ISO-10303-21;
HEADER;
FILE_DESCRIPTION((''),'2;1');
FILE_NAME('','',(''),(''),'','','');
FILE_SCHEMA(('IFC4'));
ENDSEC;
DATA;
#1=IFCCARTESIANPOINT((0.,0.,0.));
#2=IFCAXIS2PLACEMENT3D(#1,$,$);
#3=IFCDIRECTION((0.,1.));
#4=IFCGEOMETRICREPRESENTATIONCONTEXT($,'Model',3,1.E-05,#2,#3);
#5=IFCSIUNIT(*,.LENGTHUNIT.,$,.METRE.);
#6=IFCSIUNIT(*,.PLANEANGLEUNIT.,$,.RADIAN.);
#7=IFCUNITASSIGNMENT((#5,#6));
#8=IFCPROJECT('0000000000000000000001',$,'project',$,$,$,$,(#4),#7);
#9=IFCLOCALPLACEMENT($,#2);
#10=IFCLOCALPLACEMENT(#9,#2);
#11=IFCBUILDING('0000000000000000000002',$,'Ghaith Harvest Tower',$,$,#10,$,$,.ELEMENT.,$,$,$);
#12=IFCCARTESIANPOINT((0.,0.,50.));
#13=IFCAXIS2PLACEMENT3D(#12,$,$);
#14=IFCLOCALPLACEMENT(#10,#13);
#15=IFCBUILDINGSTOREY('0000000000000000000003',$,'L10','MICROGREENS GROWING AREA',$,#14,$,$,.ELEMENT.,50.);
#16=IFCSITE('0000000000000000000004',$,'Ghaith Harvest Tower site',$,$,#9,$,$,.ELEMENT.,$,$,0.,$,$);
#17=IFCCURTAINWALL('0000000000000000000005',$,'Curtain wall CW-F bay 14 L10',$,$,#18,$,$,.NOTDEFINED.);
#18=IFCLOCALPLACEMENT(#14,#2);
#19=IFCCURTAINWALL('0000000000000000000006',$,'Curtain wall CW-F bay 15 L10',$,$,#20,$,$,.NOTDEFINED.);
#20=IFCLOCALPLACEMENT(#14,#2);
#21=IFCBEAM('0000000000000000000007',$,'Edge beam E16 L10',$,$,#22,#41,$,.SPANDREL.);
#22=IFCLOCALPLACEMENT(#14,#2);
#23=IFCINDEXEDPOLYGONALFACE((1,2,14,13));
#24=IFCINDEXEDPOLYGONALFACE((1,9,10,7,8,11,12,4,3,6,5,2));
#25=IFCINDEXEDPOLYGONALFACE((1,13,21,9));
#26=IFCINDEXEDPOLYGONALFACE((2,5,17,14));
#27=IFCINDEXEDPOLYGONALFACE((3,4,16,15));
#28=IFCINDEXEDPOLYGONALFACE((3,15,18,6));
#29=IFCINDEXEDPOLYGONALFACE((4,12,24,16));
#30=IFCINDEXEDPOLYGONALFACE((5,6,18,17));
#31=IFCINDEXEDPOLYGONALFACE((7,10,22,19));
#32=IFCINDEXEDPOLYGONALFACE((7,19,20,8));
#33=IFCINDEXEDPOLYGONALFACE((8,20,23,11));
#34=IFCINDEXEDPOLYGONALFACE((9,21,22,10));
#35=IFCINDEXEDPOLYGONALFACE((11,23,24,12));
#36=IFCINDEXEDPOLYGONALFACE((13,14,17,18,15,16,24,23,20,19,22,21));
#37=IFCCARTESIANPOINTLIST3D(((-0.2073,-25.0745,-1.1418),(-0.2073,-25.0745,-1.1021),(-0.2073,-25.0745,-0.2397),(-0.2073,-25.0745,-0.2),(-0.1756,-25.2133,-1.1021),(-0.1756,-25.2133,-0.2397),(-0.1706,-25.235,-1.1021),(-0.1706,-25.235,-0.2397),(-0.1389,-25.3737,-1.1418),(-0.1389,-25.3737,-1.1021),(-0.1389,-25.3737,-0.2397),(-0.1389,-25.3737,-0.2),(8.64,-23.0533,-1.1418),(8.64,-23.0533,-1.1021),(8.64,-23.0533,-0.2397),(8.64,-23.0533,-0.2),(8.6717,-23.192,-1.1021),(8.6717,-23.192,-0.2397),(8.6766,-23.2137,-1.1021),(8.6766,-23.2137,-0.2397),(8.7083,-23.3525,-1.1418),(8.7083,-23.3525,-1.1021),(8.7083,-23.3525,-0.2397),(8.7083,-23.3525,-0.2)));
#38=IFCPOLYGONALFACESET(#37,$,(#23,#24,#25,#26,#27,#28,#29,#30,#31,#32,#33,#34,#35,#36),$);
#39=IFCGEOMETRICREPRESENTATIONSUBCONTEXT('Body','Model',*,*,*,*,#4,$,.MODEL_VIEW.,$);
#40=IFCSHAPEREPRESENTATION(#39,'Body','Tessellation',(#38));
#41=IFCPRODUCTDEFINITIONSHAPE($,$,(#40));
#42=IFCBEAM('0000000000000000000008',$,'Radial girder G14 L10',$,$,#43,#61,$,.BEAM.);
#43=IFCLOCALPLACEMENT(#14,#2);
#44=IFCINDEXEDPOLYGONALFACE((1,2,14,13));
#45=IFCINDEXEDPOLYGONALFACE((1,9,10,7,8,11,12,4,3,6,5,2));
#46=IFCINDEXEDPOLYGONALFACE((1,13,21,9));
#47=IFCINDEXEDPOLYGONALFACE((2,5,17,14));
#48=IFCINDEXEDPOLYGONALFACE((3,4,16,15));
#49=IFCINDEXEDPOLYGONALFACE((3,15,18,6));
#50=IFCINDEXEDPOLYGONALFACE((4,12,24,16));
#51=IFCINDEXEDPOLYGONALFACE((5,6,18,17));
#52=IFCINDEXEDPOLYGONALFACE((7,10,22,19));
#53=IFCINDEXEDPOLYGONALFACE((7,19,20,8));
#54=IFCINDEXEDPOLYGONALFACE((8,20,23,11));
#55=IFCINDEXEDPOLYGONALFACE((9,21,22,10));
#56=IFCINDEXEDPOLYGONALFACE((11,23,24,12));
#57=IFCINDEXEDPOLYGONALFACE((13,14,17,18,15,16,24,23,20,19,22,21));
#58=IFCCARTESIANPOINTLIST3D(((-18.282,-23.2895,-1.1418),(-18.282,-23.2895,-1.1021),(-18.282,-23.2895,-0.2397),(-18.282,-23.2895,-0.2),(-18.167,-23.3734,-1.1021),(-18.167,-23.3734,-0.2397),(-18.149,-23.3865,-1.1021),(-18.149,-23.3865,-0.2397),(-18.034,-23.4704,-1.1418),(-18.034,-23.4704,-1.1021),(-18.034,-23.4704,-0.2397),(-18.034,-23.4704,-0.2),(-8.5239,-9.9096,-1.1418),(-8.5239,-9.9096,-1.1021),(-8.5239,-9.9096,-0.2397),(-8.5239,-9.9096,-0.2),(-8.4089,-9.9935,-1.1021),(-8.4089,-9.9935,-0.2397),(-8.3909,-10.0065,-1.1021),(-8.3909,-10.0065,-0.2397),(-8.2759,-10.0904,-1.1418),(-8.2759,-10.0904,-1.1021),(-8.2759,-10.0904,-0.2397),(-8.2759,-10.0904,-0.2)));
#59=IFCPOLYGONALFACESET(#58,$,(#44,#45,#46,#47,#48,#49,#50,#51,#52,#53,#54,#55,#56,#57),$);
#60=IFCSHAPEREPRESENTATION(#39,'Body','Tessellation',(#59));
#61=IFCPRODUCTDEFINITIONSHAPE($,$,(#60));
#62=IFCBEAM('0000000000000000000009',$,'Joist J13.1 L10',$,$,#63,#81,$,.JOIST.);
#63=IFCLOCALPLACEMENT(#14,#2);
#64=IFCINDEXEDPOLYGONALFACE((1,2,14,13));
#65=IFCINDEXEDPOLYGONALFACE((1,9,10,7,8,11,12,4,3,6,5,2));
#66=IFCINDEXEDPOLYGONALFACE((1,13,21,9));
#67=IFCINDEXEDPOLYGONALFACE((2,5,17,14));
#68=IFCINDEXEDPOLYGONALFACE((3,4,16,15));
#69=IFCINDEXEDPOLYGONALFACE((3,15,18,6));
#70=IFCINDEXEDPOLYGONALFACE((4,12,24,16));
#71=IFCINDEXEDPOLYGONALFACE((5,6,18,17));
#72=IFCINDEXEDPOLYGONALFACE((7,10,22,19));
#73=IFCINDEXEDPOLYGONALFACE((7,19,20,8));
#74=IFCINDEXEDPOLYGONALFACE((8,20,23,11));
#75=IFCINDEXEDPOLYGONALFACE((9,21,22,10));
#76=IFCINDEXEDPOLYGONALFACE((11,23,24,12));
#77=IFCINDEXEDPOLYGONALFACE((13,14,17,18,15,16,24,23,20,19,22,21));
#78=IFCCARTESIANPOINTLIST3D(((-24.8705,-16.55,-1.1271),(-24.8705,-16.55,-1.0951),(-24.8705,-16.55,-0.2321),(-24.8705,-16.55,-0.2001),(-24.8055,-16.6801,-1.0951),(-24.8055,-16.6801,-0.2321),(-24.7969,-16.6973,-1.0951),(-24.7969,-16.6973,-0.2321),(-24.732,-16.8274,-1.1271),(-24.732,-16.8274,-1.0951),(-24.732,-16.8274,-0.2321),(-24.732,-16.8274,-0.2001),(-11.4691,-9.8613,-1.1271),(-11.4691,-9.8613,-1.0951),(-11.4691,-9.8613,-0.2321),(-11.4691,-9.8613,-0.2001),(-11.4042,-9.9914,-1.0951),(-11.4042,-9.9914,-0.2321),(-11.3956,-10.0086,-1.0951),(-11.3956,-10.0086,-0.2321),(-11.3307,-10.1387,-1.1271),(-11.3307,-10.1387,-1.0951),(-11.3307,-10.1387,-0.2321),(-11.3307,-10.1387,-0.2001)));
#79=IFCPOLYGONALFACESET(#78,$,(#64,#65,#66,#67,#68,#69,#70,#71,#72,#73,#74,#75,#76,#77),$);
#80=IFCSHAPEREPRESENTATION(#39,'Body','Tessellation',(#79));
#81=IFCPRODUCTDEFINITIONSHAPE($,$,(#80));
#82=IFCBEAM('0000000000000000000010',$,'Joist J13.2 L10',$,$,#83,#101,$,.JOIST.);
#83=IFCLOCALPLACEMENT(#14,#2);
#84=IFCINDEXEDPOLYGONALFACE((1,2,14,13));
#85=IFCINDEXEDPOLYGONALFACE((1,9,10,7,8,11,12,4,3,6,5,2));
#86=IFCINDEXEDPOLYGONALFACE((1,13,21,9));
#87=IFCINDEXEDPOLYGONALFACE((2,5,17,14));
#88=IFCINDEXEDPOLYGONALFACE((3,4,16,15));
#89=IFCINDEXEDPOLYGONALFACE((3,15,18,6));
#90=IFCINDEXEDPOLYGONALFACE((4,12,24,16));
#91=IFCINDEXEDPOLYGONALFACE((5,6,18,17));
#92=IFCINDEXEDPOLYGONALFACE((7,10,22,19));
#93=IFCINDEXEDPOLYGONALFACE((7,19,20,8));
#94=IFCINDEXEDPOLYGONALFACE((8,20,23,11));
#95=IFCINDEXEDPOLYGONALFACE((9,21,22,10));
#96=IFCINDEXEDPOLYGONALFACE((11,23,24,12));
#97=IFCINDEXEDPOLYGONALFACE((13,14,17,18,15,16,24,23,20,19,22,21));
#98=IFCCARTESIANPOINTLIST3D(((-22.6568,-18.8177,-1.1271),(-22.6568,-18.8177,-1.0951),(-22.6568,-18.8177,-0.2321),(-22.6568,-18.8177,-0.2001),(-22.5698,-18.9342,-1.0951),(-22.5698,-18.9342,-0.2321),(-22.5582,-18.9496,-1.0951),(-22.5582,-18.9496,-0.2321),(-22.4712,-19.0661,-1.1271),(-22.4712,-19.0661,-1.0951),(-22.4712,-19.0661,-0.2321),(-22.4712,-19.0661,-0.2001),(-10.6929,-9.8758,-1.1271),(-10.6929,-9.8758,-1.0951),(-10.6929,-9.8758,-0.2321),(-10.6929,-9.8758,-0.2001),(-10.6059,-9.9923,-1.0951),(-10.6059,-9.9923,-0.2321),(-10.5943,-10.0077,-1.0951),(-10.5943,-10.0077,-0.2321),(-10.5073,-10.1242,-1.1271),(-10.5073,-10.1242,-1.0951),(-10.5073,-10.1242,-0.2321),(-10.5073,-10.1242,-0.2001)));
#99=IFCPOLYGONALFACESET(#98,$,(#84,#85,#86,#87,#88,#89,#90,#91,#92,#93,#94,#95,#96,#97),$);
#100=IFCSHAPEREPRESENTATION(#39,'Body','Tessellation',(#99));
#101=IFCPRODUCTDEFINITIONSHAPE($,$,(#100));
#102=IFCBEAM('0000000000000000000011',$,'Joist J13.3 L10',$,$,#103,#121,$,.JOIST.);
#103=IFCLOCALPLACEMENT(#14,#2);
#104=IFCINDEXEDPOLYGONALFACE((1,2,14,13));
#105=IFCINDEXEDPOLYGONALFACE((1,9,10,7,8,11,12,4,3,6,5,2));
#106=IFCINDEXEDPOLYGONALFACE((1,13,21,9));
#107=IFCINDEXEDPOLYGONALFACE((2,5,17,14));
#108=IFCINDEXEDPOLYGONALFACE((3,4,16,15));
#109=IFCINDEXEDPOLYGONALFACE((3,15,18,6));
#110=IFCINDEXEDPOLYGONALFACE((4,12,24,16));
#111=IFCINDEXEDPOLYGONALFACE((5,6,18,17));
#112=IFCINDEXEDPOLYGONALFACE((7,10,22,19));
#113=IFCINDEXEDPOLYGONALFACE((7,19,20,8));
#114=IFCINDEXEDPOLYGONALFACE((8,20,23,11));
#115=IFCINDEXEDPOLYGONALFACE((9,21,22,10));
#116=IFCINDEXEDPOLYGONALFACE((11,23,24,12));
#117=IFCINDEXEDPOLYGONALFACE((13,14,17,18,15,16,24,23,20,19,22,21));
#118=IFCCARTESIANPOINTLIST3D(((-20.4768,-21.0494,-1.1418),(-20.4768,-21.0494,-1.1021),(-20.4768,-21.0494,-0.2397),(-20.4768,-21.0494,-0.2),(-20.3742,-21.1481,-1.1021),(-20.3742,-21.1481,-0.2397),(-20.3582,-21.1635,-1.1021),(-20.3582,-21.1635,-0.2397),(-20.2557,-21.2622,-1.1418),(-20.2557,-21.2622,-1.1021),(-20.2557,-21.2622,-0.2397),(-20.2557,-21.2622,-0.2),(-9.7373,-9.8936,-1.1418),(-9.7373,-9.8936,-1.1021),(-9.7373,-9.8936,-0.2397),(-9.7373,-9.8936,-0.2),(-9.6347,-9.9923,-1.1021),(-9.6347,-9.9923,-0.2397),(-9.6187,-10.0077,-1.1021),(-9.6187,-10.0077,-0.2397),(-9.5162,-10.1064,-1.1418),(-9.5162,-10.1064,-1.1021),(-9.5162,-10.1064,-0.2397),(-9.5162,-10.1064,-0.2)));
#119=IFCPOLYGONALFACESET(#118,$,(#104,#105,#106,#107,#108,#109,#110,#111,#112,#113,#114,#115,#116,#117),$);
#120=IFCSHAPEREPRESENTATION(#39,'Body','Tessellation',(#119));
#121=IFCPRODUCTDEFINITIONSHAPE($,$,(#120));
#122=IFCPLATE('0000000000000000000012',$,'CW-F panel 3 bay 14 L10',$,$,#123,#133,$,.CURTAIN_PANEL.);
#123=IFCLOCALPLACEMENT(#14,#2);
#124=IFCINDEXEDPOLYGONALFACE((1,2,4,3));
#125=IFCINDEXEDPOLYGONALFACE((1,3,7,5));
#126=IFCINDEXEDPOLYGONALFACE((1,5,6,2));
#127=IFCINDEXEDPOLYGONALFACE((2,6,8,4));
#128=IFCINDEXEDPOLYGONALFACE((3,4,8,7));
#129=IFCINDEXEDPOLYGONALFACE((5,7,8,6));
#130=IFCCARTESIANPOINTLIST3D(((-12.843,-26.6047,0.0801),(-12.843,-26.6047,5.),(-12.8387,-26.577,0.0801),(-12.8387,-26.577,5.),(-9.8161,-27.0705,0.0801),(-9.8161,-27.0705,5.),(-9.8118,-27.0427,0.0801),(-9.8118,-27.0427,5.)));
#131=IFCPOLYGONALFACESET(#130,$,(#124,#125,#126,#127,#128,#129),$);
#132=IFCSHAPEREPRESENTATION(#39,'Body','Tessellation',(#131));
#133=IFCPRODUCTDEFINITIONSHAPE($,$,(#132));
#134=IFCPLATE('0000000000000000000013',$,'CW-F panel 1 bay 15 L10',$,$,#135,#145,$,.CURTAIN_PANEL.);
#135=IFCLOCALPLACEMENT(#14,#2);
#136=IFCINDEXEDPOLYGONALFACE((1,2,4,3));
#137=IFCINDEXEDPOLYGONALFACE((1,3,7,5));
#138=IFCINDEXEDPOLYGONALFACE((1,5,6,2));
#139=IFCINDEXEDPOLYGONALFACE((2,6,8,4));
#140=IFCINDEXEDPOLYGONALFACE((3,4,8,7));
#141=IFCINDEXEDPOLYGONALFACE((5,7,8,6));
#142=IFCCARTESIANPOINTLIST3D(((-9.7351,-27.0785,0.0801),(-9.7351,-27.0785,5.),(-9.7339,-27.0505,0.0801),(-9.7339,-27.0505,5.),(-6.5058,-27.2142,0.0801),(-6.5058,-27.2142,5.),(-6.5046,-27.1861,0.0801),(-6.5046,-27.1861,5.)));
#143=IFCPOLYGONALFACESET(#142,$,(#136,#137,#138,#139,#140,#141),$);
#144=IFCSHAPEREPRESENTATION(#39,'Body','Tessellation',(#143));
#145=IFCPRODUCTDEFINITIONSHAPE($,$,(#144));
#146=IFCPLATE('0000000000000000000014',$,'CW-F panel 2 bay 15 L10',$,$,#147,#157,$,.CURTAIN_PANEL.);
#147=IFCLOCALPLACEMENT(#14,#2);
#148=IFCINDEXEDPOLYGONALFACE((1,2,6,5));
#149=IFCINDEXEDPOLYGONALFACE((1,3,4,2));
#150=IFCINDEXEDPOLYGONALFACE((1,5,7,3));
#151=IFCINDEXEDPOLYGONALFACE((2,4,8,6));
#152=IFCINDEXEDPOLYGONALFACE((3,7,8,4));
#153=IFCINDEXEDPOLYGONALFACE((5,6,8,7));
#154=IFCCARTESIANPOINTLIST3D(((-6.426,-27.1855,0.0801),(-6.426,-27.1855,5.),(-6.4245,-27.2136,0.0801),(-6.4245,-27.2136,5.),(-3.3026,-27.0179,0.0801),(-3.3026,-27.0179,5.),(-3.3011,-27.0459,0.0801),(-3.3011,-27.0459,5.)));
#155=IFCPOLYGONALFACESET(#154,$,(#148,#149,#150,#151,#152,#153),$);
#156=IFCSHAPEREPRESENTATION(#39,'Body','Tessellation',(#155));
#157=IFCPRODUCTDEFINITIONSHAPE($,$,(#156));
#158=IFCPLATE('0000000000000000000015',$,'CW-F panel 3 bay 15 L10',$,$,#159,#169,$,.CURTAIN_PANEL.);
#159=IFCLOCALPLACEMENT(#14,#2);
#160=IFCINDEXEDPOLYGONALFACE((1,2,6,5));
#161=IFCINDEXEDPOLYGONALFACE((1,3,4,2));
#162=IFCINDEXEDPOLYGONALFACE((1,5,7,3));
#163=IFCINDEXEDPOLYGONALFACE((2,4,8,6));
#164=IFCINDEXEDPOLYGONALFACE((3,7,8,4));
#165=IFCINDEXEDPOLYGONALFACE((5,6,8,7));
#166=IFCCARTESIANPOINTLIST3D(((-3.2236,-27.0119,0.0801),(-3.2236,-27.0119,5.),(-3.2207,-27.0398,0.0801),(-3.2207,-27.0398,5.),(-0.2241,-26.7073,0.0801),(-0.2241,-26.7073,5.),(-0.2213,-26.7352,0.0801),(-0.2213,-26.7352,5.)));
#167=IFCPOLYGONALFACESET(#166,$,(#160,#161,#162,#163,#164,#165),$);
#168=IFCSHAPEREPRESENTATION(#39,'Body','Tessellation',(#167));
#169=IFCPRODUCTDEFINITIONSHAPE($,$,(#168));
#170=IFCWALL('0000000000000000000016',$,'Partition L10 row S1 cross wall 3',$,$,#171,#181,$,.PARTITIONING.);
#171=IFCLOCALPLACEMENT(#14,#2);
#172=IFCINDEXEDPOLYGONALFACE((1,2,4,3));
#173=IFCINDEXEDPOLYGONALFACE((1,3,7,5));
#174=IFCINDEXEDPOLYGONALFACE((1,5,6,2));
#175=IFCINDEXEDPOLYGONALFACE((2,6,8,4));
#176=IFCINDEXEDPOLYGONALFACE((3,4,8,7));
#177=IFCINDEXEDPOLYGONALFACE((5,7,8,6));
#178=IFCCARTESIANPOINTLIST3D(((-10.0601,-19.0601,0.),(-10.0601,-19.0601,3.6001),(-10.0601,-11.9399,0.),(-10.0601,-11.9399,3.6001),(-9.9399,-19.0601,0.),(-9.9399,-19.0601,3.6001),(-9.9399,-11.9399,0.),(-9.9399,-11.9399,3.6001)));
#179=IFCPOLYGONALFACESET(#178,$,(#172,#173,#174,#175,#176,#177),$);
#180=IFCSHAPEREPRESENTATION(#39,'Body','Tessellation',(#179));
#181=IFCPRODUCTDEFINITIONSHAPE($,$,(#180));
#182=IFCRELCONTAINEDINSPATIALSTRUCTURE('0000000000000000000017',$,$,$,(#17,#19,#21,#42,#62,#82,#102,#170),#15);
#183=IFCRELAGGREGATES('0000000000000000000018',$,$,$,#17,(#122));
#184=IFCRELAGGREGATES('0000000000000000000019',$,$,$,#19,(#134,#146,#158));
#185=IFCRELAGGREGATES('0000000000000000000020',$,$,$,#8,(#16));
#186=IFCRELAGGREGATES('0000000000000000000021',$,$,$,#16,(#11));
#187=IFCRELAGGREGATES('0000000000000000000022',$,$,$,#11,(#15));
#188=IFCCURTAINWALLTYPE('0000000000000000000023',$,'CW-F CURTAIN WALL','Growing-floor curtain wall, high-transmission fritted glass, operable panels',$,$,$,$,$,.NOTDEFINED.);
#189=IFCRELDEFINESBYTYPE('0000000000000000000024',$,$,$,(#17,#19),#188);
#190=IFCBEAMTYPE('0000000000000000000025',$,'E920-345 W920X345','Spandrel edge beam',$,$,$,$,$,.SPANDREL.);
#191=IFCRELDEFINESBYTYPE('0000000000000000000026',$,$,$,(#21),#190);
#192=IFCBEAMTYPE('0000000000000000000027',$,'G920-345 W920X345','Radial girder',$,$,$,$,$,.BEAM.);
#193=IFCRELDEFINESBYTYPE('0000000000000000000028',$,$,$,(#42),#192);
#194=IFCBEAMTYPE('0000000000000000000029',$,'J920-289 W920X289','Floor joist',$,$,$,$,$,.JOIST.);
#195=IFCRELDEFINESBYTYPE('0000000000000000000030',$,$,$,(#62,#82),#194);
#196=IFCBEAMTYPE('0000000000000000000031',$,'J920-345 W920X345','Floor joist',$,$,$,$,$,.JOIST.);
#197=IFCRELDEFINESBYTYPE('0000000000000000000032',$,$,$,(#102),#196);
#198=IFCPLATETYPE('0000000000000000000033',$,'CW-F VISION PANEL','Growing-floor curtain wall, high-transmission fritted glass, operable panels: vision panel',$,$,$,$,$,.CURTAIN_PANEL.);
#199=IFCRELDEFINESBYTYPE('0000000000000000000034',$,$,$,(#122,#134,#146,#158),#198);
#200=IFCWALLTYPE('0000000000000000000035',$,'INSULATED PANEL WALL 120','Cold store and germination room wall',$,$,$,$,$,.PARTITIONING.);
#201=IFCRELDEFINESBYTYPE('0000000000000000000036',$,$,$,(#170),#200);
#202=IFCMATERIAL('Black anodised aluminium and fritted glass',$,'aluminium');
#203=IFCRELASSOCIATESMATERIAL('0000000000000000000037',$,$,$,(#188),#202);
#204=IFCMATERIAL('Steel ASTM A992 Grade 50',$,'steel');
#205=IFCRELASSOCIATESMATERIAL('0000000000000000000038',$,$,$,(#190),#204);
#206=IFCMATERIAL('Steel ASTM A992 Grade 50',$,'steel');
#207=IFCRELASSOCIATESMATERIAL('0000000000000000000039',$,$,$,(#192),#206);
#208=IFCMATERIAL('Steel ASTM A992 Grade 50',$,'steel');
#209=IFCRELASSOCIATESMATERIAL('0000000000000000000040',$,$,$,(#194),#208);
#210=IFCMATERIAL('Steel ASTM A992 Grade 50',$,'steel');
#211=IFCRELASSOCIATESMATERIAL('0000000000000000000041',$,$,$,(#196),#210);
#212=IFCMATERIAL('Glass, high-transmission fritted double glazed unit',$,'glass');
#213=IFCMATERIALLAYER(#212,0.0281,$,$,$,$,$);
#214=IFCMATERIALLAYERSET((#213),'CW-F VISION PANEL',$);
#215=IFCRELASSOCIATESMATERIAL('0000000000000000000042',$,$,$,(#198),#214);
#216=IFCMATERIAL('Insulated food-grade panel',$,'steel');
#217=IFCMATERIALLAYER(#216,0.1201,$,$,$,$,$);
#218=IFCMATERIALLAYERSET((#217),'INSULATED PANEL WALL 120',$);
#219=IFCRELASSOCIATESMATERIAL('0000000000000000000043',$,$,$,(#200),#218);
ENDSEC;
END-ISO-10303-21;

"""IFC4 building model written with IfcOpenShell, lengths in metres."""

from ifc_helpers import new_model, si_unit, direction, frame, frame_2d, origin, origin_2d, place, context, subcontext, project, spatial, rectangle, i_section, extrude, material, layer, layer_set, material_profile, profile_set, type_object, element, aggregate, save


model = new_model("IFC4")

# Units and contexts
model_context = context("Model", 3, precision=1e-05, world=origin(), true_north=direction((0.0, 1.0)))
body_context = subcontext(model_context, "Body", "Model", "MODEL_VIEW")
ifc_project = project(units=[si_unit("LENGTHUNIT", "METRE"), si_unit("PLANEANGLEUNIT", "RADIAN")], contexts=[model_context])

# Site, building, storey
site_placement = place(None, origin())
site = spatial("IfcSite", under=ifc_project, at=site_placement, Name="Ghaith Harvest Tower site", CompositionType="ELEMENT", RefElevation=0.0)
building_placement = place(site_placement, origin())
building = spatial("IfcBuilding", under=site, at=building_placement, Name="Ghaith Harvest Tower", CompositionType="ELEMENT")
storey_placement = place(building_placement, frame((0.0, 0.0, 50.0)))
storey = spatial("IfcBuildingStorey", under=building, at=storey_placement, Name="L10", Description="MICROGREENS GROWING AREA", CompositionType="ELEMENT", Elevation=50.0)

# Curtain wall
ifc_material_1 = material(Name="Black anodised aluminium and fritted glass", Category="aluminium")
curtain_wall_type = type_object("IfcCurtainWallType", Name="CW-F CURTAIN WALL", Description="Growing-floor curtain wall, high-transmission fritted glass, operable panels", PredefinedType="NOTDEFINED", material=ifc_material_1)
curtain_wall_1_placement = place(storey_placement, origin())
curtain_wall_1 = element("IfcCurtainWall", 1, at=curtain_wall_1_placement, inside=storey, type_object=curtain_wall_type, Name="Curtain wall CW-F bay 14 L10", PredefinedType="NOTDEFINED")

# Curtain wall
curtain_wall_2_placement = place(storey_placement, origin())
curtain_wall_2 = element("IfcCurtainWall", 2, at=curtain_wall_2_placement, inside=storey, type_object=curtain_wall_type, Name="Curtain wall CW-F bay 15 L10", PredefinedType="NOTDEFINED")

# Beams
ifc_material_2 = material(Name="Steel ASTM A992 Grade 50", Category="steel")
ifc_material_profile_1 = material_profile(ifc_material_2, i_section(OverallWidth=0.3069, OverallDepth=0.9419, WebThickness=0.0222, FlangeThickness=0.0398, at=origin_2d()), Name="W920X345")
ifc_profile_set_1 = profile_set([ifc_material_profile_1], Name="Steel ASTM A992 Grade 50")
beam_type_1 = type_object("IfcBeamType", Name="E920-345 W920X345", Description="Spandrel edge beam", PredefinedType="SPANDREL", material=ifc_profile_set_1)
beam_1_placement = place(storey_placement, frame((-0.1731, -25.2241, -0.6709), z_axis=(0.974882, 0.222723, 0.0), x_axis=(-0.222723, 0.974882, 0.0)))
element("IfcBeam", 3, at=beam_1_placement, inside=storey, type_object=beam_type_1, Name="Edge beam E16 L10", PredefinedType="SPANDREL", context=body_context, shape_type="SweptSolid", body=[
    extrude(i_section(OverallWidth=0.3069, OverallDepth=0.9419, WebThickness=0.0222, FlangeThickness=0.0398, at=origin_2d()), origin(), (0.0, 0.0, 1.0), 9.0752),
])
ifc_material_3 = material(Name="Steel ASTM A992 Grade 50", Category="steel")
ifc_material_profile_2 = material_profile(ifc_material_3, i_section(OverallWidth=0.3069, OverallDepth=0.9419, WebThickness=0.0222, FlangeThickness=0.0398, at=origin_2d()), Name="W920X345")
ifc_profile_set_2 = profile_set([ifc_material_profile_2], Name="Steel ASTM A992 Grade 50")
beam_type_2 = type_object("IfcBeamType", Name="G920-345 W920X345", Description="Radial girder", PredefinedType="BEAM", material=ifc_profile_set_2)
beam_2_placement = place(storey_placement, frame((-8.3999, -10.0, -0.6709), z_axis=(-0.589247, -0.807953, 0.0), x_axis=(0.807953, -0.589247, 0.0)))
element("IfcBeam", 4, at=beam_2_placement, inside=storey, type_object=beam_type_2, Name="Radial girder G14 L10", PredefinedType="BEAM", context=body_context, shape_type="SweptSolid", body=[
    extrude(i_section(OverallWidth=0.3069, OverallDepth=0.9419, WebThickness=0.0222, FlangeThickness=0.0398, at=origin_2d()), origin(), (0.0, 0.0, 1.0), 16.5603),
])
ifc_material_4 = material(Name="Steel ASTM A992 Grade 50", Category="steel")
ifc_material_profile_3 = material_profile(ifc_material_4, i_section(OverallWidth=0.3101, OverallDepth=0.927, WebThickness=0.0193, FlangeThickness=0.032, at=origin_2d()), Name="W920X289")
ifc_profile_set_3 = profile_set([ifc_material_profile_3], Name="Steel ASTM A992 Grade 50")
beam_type_3 = type_object("IfcBeamType", Name="J920-289 W920X289", Description="Floor joist", PredefinedType="JOIST", material=ifc_profile_set_3)
beam_3_placement = place(storey_placement, frame((-11.3999, -10.0, -0.6636), z_axis=(-0.894746, -0.446575, 0.0), x_axis=(0.446575, -0.894746, 0.0)))
element("IfcBeam", 5, at=beam_3_placement, inside=storey, type_object=beam_type_3, Name="Joist J13.1 L10", PredefinedType="JOIST", context=body_context, shape_type="SweptSolid", body=[
    extrude(i_section(OverallWidth=0.3101, OverallDepth=0.927, WebThickness=0.0193, FlangeThickness=0.032, at=origin_2d()), origin(), (0.0, 0.0, 1.0), 14.9778),
])
beam_4_placement = place(storey_placement, frame((-10.6001, -10.0, -0.6636), z_axis=(-0.800995, -0.598671, 0.0), x_axis=(0.598671, -0.800995, 0.0)))
element("IfcBeam", 6, at=beam_4_placement, inside=storey, type_object=beam_type_3, Name="Joist J13.2 L10", PredefinedType="JOIST", context=body_context, shape_type="SweptSolid", body=[
    extrude(i_section(OverallWidth=0.3101, OverallDepth=0.927, WebThickness=0.0193, FlangeThickness=0.032, at=origin_2d()), origin(), (0.0, 0.0, 1.0), 14.9363),
])
ifc_material_5 = material(Name="Steel ASTM A992 Grade 50", Category="steel")
ifc_material_profile_4 = material_profile(ifc_material_5, i_section(OverallWidth=0.3069, OverallDepth=0.9419, WebThickness=0.0222, FlangeThickness=0.0398, at=origin_2d()), Name="W920X345")
ifc_profile_set_4 = profile_set([ifc_material_profile_4], Name="Steel ASTM A992 Grade 50")
beam_type_4 = type_object("IfcBeamType", Name="J920-345 W920X345", Description="Floor joist", PredefinedType="JOIST", material=ifc_profile_set_4)
beam_5_placement = place(storey_placement, frame((-9.6267, -10.0, -0.6709), z_axis=(-0.693538, -0.72042, 0.0), x_axis=(0.72042, -0.693538, 0.0)))
element("IfcBeam", 7, at=beam_5_placement, inside=storey, type_object=beam_type_4, Name="Joist J13.3 L10", PredefinedType="JOIST", context=body_context, shape_type="SweptSolid", body=[
    extrude(i_section(OverallWidth=0.3069, OverallDepth=0.9419, WebThickness=0.0222, FlangeThickness=0.0398, at=origin_2d()), origin(), (0.0, 0.0, 1.0), 15.4851),
])

# Plates
ifc_material_6 = material(Name="Glass, high-transmission fritted double glazed unit", Category="glass")
ifc_layer_1 = layer(ifc_material_6, 0.0281)
ifc_layer_set_1 = layer_set([ifc_layer_1], Name="CW-F VISION PANEL")
plate_type = type_object("IfcPlateType", Name="CW-F VISION PANEL", Description="Growing-floor curtain wall, high-transmission fritted glass, operable panels: vision panel", PredefinedType="CURTAIN_PANEL", material=ifc_layer_set_1)
plate_1_placement = place(storey_placement, frame((-11.3274, -26.8237, 0.0801), z_axis=(0.0, 0.0, 1.0), x_axis=(0.98837, -0.152069, 0.0)))
plate_1 = element("IfcPlate", 8, at=plate_1_placement, type_object=plate_type, Name="CW-F panel 3 bay 14 L10", PredefinedType="CURTAIN_PANEL", context=body_context, shape_type="SweptSolid", body=[
    extrude(rectangle(XDim=3.0625, YDim=0.0281, at=origin_2d()), origin(), (0.0, 0.0, 1.0), 4.9199),
])
aggregate(curtain_wall_1, [plate_1])
plate_2_placement = place(storey_placement, frame((-8.1199, -27.1323, 0.0801), z_axis=(0.0, 0.0, 1.0), x_axis=(0.999119, -0.041967, 0.0)))
plate_2 = element("IfcPlate", 9, at=plate_2_placement, type_object=plate_type, Name="CW-F panel 1 bay 15 L10", PredefinedType="CURTAIN_PANEL", context=body_context, shape_type="SweptSolid", body=[
    extrude(rectangle(XDim=3.2322, YDim=0.0281, at=origin_2d()), origin(), (0.0, 0.0, 1.0), 4.9199),
])
plate_3_placement = place(storey_placement, frame((-4.8635, -27.1157, 0.0801), z_axis=(0.0, 0.0, 1.0), x_axis=(0.998563, 0.0536, 0.0)))
plate_3 = element("IfcPlate", 10, at=plate_3_placement, type_object=plate_type, Name="CW-F panel 2 bay 15 L10", PredefinedType="CURTAIN_PANEL", context=body_context, shape_type="SweptSolid", body=[
    extrude(rectangle(XDim=3.1279, YDim=0.0281, at=origin_2d()), origin(), (0.0, 0.0, 1.0), 4.9199),
])
plate_4_placement = place(storey_placement, frame((-1.7224, -26.8735, 0.0801), z_axis=(0.0, 0.0, 1.0), x_axis=(0.994882, 0.101041, 0.0)))
plate_4 = element("IfcPlate", 11, at=plate_4_placement, type_object=plate_type, Name="CW-F panel 3 bay 15 L10", PredefinedType="CURTAIN_PANEL", context=body_context, shape_type="SweptSolid", body=[
    extrude(rectangle(XDim=3.0149, YDim=0.0281, at=origin_2d()), origin(), (0.0, 0.0, 1.0), 4.9199),
])
aggregate(curtain_wall_2, [plate_2, plate_3, plate_4])

# Wall
ifc_material_7 = material(Name="Insulated food-grade panel", Category="steel")
ifc_layer_2 = layer(ifc_material_7, 0.1201)
ifc_layer_set_2 = layer_set([ifc_layer_2], Name="INSULATED PANEL WALL 120")
wall_type = type_object("IfcWallType", Name="INSULATED PANEL WALL 120", Description="Cold store and germination room wall", PredefinedType="PARTITIONING", material=ifc_layer_set_2)
for number, where, z_axis, x_axis, name in (
    (12, (-10.0, -11.9399, 0.0), (0.0, 0.0, 1.0), (0.0, -1.0, 0.0), "Partition L10 row S1 cross wall 3"),
):
    element("IfcWall", number, at=place(storey_placement, frame(where, z_axis=z_axis, x_axis=x_axis)), inside=storey, type_object=wall_type, Name=name, PredefinedType="PARTITIONING", context=body_context, shape_type="SweptSolid", body=[
        extrude(rectangle(XDim=7.1201, YDim=0.1201, at=frame_2d((3.5601, 0.0))), origin(), (0.0, 0.0, 1.0), 3.6001),
    ])

save(model, "model.ifc")
